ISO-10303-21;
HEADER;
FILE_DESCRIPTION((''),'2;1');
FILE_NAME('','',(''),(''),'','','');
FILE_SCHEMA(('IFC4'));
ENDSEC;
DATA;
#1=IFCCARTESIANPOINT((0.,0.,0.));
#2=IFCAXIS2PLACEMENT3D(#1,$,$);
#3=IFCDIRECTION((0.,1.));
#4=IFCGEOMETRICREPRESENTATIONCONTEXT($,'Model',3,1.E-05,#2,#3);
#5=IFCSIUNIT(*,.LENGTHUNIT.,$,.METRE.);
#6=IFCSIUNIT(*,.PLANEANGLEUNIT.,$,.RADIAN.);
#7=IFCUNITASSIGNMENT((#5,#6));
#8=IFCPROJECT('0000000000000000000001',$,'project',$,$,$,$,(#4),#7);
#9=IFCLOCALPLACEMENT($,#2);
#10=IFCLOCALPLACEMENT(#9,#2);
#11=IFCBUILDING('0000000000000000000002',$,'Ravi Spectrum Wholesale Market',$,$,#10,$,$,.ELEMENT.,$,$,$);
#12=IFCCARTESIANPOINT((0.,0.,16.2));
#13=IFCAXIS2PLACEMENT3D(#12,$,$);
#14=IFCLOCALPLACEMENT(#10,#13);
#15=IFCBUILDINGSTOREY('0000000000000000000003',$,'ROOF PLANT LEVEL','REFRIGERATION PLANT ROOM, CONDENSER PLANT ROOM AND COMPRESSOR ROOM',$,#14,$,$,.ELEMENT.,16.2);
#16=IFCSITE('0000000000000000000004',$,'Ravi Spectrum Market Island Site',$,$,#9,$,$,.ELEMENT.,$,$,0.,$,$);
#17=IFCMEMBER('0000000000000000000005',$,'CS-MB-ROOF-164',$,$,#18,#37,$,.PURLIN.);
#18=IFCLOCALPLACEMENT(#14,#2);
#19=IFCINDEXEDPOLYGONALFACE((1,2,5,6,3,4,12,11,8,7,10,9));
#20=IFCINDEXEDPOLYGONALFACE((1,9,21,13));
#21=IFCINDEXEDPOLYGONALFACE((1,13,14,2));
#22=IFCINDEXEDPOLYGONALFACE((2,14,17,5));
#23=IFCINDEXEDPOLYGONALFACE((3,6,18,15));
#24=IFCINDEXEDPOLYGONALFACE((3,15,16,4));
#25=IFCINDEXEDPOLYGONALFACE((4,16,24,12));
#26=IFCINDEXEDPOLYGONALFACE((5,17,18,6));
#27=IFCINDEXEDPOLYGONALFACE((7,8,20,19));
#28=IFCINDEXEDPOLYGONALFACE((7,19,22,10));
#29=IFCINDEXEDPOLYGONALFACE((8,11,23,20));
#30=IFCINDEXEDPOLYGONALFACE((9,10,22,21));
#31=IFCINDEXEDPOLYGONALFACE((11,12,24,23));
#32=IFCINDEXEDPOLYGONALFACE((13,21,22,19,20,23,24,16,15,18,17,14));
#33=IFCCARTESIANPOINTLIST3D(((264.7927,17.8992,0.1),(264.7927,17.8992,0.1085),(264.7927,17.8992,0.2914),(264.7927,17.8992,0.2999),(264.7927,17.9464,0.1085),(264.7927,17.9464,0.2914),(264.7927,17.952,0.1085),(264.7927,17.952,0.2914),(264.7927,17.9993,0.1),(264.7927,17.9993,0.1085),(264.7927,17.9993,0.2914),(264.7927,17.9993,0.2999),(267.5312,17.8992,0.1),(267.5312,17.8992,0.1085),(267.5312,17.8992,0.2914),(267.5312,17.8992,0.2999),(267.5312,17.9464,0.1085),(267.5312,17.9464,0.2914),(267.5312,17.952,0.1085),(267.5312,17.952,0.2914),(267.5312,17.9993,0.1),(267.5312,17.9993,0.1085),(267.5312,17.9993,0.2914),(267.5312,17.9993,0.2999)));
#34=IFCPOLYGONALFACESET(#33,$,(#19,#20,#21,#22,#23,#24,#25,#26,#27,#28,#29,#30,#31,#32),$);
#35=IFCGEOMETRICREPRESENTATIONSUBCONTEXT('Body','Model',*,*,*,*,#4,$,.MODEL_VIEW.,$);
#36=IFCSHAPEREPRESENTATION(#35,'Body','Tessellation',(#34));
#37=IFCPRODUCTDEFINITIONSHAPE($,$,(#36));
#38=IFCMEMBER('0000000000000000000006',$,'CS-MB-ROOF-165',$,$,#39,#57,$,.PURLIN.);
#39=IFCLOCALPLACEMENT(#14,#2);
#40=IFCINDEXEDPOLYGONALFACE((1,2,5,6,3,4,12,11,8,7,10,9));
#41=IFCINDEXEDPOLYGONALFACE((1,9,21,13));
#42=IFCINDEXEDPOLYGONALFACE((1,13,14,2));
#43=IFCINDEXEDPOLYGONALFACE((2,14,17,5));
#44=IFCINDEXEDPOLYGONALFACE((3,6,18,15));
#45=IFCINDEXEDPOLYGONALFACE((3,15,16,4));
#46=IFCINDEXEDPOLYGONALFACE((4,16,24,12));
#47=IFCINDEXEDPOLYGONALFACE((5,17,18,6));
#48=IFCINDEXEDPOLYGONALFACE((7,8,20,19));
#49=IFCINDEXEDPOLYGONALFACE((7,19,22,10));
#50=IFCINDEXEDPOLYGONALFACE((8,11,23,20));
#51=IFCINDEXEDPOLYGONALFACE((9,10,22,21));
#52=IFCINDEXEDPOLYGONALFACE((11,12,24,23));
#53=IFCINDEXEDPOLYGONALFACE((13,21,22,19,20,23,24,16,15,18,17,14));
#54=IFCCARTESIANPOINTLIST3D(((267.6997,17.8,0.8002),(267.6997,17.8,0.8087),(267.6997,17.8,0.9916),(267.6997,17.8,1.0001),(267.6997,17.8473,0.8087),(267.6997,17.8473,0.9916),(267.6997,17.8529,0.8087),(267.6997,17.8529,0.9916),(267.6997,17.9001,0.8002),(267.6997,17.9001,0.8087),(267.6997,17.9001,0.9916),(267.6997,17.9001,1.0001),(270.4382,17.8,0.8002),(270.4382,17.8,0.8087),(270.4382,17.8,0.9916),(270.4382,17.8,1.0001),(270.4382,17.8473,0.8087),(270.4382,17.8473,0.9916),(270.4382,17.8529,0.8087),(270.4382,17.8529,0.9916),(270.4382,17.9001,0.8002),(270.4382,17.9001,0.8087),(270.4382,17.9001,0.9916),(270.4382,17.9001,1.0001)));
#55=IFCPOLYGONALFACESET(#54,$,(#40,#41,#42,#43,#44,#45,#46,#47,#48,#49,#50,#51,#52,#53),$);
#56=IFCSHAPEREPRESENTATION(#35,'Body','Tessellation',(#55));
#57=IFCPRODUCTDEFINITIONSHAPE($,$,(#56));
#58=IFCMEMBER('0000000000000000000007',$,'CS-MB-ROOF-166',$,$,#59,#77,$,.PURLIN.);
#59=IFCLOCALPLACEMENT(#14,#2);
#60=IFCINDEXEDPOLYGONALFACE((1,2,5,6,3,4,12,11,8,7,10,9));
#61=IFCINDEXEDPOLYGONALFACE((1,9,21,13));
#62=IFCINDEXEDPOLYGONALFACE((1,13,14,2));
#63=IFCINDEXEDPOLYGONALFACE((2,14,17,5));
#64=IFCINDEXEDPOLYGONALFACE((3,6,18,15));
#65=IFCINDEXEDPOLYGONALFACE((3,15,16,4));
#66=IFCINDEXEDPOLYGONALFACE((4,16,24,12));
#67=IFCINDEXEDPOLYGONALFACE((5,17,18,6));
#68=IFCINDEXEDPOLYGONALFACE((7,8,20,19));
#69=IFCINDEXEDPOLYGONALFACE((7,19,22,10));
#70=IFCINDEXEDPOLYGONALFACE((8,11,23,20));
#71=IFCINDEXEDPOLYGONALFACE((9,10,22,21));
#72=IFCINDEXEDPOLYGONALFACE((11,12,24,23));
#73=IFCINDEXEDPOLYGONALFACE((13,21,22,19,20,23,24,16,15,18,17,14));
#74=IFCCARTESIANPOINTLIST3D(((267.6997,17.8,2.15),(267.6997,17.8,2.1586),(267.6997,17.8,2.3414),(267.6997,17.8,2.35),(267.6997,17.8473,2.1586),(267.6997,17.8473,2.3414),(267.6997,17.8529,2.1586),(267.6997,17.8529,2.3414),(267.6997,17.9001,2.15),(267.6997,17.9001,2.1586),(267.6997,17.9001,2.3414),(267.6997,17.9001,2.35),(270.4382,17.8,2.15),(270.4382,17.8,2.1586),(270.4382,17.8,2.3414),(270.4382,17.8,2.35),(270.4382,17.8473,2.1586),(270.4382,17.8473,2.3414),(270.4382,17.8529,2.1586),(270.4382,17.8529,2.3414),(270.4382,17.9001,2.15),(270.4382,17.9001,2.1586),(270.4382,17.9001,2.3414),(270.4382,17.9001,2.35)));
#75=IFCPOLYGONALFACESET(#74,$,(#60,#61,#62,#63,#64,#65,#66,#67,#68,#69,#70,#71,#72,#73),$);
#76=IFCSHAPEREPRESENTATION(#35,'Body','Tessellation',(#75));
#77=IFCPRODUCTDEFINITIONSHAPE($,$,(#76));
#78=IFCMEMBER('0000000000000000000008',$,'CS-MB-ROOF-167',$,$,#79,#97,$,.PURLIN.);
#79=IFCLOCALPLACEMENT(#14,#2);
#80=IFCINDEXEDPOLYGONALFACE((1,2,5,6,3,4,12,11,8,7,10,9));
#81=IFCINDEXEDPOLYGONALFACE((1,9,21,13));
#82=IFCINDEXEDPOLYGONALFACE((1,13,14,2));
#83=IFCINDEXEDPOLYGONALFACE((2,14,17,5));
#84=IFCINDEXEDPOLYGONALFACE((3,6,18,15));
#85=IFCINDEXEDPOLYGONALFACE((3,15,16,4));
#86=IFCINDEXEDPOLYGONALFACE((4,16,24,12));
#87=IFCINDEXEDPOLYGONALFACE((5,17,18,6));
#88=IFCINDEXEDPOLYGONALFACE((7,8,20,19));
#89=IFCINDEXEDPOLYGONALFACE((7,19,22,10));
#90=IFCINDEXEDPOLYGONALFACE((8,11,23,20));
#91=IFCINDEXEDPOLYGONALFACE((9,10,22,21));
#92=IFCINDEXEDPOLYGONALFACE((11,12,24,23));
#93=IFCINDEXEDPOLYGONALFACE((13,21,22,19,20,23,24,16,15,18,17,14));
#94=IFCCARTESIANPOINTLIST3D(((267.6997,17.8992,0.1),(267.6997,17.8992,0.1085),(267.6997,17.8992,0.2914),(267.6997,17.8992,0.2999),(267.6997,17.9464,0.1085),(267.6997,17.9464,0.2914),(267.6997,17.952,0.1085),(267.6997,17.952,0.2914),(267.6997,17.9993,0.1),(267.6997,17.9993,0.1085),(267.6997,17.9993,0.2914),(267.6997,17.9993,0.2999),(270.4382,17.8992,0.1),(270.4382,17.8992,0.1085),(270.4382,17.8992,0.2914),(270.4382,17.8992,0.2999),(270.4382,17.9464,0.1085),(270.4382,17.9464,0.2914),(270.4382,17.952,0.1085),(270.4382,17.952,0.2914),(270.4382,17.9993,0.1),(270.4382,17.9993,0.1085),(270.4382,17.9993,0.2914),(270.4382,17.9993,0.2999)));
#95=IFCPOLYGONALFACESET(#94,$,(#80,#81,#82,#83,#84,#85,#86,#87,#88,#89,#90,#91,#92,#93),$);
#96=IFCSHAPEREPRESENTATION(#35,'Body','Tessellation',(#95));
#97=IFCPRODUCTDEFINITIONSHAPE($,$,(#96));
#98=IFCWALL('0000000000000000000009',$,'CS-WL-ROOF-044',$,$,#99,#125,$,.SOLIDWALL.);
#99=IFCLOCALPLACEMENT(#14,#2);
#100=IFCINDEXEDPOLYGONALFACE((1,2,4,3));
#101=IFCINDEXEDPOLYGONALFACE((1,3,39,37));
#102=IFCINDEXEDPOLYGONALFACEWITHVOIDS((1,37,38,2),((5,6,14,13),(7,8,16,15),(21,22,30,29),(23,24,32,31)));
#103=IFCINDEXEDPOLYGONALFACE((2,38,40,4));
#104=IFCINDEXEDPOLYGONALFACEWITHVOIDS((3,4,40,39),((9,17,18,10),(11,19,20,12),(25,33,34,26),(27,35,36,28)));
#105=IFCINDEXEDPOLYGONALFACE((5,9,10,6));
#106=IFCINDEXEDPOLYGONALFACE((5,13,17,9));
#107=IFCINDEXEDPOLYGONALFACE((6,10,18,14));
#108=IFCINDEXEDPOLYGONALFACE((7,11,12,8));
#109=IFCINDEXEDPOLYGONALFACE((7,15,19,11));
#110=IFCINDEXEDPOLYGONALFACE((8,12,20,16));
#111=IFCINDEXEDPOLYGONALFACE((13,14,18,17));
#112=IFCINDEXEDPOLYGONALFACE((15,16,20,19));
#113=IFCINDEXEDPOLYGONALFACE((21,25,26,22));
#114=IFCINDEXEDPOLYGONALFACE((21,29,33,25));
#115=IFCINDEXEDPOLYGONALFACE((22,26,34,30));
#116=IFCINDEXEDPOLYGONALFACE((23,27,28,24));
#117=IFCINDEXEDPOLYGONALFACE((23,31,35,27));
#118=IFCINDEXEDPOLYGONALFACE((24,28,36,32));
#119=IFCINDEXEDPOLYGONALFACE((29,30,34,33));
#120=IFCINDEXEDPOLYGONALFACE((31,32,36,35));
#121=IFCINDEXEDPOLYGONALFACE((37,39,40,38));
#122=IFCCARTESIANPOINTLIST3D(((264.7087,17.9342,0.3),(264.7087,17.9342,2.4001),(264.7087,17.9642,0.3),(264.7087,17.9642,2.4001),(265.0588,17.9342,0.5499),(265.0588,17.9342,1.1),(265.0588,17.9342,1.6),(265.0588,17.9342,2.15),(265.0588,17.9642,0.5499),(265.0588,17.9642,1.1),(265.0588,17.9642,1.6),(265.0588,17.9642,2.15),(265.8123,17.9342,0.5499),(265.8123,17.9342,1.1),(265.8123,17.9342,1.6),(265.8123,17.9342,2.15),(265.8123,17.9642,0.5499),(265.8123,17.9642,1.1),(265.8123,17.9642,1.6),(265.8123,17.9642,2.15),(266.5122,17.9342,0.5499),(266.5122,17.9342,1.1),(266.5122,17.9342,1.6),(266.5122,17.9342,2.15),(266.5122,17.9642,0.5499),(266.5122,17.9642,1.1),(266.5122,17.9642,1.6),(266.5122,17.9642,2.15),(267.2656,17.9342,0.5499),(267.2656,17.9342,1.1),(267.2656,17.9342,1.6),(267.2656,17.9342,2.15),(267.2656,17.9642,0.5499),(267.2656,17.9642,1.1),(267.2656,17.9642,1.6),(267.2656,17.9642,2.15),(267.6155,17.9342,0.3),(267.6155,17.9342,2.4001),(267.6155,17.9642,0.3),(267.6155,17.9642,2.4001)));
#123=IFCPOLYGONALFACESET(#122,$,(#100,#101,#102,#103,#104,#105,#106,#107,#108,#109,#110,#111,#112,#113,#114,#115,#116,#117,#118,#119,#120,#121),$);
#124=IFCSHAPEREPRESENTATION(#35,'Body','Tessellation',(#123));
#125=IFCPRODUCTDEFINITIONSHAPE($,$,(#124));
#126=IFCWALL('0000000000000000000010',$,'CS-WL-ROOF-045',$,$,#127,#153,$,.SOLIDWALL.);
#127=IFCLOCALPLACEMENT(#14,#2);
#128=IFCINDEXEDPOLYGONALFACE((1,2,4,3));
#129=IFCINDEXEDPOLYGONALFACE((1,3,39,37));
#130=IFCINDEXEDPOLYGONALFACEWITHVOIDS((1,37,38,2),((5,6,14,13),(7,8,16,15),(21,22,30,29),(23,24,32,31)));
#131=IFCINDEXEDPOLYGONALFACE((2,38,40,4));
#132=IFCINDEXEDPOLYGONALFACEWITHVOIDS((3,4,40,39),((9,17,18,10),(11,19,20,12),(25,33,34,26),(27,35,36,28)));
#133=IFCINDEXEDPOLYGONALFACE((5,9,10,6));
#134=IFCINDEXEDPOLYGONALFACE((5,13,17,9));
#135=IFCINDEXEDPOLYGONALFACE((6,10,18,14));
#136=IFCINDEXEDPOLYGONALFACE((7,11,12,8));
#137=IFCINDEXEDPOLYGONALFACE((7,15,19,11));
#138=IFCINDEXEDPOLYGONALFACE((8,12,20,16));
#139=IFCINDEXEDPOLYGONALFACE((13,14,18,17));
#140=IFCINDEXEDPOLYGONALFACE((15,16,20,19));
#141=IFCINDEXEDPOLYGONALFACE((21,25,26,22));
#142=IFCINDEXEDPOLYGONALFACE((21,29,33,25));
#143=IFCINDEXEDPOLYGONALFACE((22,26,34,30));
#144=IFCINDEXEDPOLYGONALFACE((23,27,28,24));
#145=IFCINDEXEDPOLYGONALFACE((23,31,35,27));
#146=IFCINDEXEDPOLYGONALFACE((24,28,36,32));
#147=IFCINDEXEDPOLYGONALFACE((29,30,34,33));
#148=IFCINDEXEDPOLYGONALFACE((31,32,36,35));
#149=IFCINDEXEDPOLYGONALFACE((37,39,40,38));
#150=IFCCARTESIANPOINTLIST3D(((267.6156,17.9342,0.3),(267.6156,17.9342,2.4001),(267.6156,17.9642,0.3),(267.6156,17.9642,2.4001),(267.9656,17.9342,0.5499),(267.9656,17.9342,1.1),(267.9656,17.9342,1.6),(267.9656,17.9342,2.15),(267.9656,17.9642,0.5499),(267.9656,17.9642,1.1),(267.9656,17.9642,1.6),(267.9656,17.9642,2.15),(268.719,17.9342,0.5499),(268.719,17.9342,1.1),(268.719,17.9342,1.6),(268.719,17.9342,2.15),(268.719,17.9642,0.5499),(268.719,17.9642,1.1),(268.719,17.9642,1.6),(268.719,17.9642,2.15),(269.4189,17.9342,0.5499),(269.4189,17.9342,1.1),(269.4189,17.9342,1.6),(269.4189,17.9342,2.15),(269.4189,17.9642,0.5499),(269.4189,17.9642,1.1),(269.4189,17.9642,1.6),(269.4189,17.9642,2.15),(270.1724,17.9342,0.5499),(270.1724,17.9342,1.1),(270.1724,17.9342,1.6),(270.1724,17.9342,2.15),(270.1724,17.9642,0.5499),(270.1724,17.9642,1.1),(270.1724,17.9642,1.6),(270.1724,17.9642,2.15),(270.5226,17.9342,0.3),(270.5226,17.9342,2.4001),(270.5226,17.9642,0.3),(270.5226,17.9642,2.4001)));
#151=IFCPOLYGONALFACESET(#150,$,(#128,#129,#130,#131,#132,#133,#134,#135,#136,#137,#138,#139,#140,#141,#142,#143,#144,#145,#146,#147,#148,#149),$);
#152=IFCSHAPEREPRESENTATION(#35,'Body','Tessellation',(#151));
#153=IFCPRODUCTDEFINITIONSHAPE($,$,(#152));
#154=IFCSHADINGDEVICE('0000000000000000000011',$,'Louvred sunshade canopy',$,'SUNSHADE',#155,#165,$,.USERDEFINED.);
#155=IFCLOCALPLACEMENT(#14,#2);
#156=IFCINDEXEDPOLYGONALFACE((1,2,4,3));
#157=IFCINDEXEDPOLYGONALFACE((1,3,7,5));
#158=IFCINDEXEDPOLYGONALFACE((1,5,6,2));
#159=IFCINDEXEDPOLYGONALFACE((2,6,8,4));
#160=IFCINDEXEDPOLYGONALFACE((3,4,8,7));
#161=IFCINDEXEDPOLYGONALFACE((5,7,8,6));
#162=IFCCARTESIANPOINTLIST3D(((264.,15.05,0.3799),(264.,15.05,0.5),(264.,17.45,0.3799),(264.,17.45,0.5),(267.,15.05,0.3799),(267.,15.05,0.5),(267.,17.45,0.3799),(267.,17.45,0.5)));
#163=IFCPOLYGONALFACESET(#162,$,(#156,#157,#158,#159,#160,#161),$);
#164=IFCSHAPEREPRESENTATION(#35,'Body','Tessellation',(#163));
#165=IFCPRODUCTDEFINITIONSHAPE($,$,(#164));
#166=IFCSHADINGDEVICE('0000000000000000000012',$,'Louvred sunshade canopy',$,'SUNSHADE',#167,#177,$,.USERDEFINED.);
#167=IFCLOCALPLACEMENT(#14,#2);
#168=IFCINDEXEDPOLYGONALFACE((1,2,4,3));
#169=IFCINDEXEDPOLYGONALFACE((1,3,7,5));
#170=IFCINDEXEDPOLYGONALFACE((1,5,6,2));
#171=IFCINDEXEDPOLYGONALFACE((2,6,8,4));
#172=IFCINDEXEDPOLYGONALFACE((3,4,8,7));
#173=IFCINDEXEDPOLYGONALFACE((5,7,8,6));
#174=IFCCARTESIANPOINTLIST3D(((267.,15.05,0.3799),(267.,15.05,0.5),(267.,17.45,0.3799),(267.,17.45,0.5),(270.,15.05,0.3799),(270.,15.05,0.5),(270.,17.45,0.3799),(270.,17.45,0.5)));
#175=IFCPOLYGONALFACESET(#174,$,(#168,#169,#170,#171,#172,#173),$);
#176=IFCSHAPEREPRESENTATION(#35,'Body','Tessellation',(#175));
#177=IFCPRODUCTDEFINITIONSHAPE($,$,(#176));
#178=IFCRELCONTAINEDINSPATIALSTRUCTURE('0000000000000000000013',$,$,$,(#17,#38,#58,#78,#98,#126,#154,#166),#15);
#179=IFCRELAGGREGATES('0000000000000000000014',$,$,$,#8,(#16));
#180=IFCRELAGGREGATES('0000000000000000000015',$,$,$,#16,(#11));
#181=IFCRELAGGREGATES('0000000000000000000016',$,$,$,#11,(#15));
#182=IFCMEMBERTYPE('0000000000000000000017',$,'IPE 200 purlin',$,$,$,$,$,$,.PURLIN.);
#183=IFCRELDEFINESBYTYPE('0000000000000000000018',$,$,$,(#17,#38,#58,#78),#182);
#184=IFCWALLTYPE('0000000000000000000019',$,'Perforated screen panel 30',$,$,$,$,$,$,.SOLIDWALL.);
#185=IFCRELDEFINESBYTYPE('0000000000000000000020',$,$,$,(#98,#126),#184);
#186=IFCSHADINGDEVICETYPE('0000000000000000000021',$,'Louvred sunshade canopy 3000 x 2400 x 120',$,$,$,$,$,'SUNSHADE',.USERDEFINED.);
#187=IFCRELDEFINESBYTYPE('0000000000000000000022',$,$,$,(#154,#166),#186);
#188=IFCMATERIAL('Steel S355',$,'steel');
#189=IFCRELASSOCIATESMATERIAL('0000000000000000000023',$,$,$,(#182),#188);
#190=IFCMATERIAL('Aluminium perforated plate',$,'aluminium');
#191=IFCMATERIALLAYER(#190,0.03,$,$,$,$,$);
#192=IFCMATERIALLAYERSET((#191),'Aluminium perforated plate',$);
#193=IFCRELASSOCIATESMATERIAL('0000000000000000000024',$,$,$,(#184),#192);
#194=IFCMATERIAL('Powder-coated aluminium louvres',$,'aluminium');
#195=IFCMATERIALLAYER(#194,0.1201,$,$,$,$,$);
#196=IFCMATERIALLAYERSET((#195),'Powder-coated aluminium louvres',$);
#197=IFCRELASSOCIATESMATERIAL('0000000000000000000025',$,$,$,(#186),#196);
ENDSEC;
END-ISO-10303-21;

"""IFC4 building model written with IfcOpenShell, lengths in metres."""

from ifc_helpers import new_model, si_unit, direction, frame, frame_2d, origin, origin_2d, place, context, subcontext, project, spatial, rectangle, i_section, extrude, material, layer, layer_set, material_profile, profile_set, type_object, element, save


model = new_model("IFC4")

# Units and contexts
model_context = context("Model", 3, precision=1e-05, world=origin(), true_north=direction((0.0, 1.0)))
body_context = subcontext(model_context, "Body", "Model", "MODEL_VIEW")
ifc_project = project(units=[si_unit("LENGTHUNIT", "METRE"), si_unit("PLANEANGLEUNIT", "RADIAN")], contexts=[model_context])

# Site, building, storey
site_placement = place(None, origin())
site = spatial("IfcSite", under=ifc_project, at=site_placement, Name="Ravi Spectrum Market Island Site", CompositionType="ELEMENT", RefElevation=0.0)
building_placement = place(site_placement, origin())
building = spatial("IfcBuilding", under=site, at=building_placement, Name="Ravi Spectrum Wholesale Market", CompositionType="ELEMENT")
storey_placement = place(building_placement, frame((0.0, 0.0, 16.2)))
storey = spatial("IfcBuildingStorey", under=building, at=storey_placement, Name="ROOF PLANT LEVEL", Description="REFRIGERATION PLANT ROOM, CONDENSER PLANT ROOM AND COMPRESSOR ROOM", CompositionType="ELEMENT", Elevation=16.2)

# Members
ifc_material_1 = material(Name="Steel S355", Category="steel")
ifc_material_profile_1 = material_profile(ifc_material_1, i_section(OverallWidth=0.1001, OverallDepth=0.2, WebThickness=0.0056, FlangeThickness=0.0085, at=origin_2d()))
ifc_profile_set_1 = profile_set([ifc_material_profile_1], Name="Steel S355")
member_type_1 = type_object("IfcMemberType", Name="IPE 200 purlin", PredefinedType="PURLIN", material=ifc_profile_set_1)
for number, where, z_axis, x_axis, name in (
    (1, (264.7927, 17.9492, 0.2), (1.0, 0.0, 0.0), (0.0, 1.0, 0.0), "CS-MB-ROOF-164"),
    (2, (267.6997, 17.8501, 0.9001), (1.0, 0.0, 0.0), (0.0, 1.0, 0.0), "CS-MB-ROOF-165"),
    (3, (267.6997, 17.8501, 2.25), (1.0, 0.0, 0.0), (0.0, 1.0, 0.0), "CS-MB-ROOF-166"),
    (4, (267.6997, 17.9492, 0.2), (1.0, 0.0, 0.0), (0.0, 1.0, 0.0), "CS-MB-ROOF-167"),
):
    element("IfcMember", number, at=place(storey_placement, frame(where, z_axis=z_axis, x_axis=x_axis)), inside=storey, type_object=member_type_1, Name=name, PredefinedType="PURLIN", context=body_context, shape_type="SweptSolid", body=[
        extrude(i_section(OverallWidth=0.1001, OverallDepth=0.2, WebThickness=0.0056, FlangeThickness=0.0085, at=origin_2d()), origin(), (0.0, 0.0, 1.0), 2.7385),
    ])

# Walls, openings
ifc_material_2 = material(Name="Aluminium perforated plate", Category="aluminium")
ifc_layer_1 = layer(ifc_material_2, 0.03)
ifc_layer_set_1 = layer_set([ifc_layer_1], Name="Aluminium perforated plate")
wall_type = type_object("IfcWallType", Name="Perforated screen panel 30", PredefinedType="SOLIDWALL", material=ifc_layer_set_1)
wall_1_placement = place(storey_placement, frame((264.7087, 17.9492, 0.3), z_axis=(0.0, 0.0, 1.0), x_axis=(1.0, 0.0, 0.0)))
wall_1 = element("IfcWall", 5, at=wall_1_placement, inside=storey, type_object=wall_type, Name="CS-WL-ROOF-044", PredefinedType="SOLIDWALL", context=body_context, shape_type="SweptSolid", body=[
    extrude(rectangle(XDim=2.9067, YDim=0.03, at=frame_2d((1.4534, 0.0))), origin(), (0.0, 0.0, 1.0), 2.1001),
])
opening_1_placement = place(wall_1_placement, frame((0.3501, 0.0, 0.25)))
element("IfcOpeningElement", 6, at=opening_1_placement, cuts=wall_1, PredefinedType="OPENING", context=body_context, shape_type="SweptSolid", body=[
    extrude(rectangle(XDim=0.7534, YDim=0.55, at=frame_2d((0.3767, 0.2749))), frame((0.0, 0.0249, 0.0), z_axis=(0.0, -1.0, 0.0), x_axis=(1.0, 0.0, 0.0)), (0.0, 0.0, 1.0), 0.05),
])
opening_2_placement = place(wall_1_placement, frame((0.3501, 0.0, 1.3)))
element("IfcOpeningElement", 7, at=opening_2_placement, cuts=wall_1, PredefinedType="OPENING", context=body_context, shape_type="SweptSolid", body=[
    extrude(rectangle(XDim=0.7534, YDim=0.55, at=frame_2d((0.3767, 0.2749))), frame((0.0, 0.0249, 0.0), z_axis=(0.0, -1.0, 0.0), x_axis=(1.0, 0.0, 0.0)), (0.0, 0.0, 1.0), 0.05),
])
opening_3_placement = place(wall_1_placement, frame((1.8035, 0.0, 0.25)))
element("IfcOpeningElement", 8, at=opening_3_placement, cuts=wall_1, PredefinedType="OPENING", context=body_context, shape_type="SweptSolid", body=[
    extrude(rectangle(XDim=0.7534, YDim=0.55, at=frame_2d((0.3767, 0.2749))), frame((0.0, 0.0249, 0.0), z_axis=(0.0, -1.0, 0.0), x_axis=(1.0, 0.0, 0.0)), (0.0, 0.0, 1.0), 0.05),
])
opening_4_placement = place(wall_1_placement, frame((1.8035, 0.0, 1.3)))
element("IfcOpeningElement", 9, at=opening_4_placement, cuts=wall_1, PredefinedType="OPENING", context=body_context, shape_type="SweptSolid", body=[
    extrude(rectangle(XDim=0.7534, YDim=0.55, at=frame_2d((0.3767, 0.2749))), frame((0.0, 0.0249, 0.0), z_axis=(0.0, -1.0, 0.0), x_axis=(1.0, 0.0, 0.0)), (0.0, 0.0, 1.0), 0.05),
])
wall_2_placement = place(storey_placement, frame((267.6155, 17.9492, 0.3), z_axis=(0.0, 0.0, 1.0), x_axis=(1.0, 0.0, 0.0)))
wall_2 = element("IfcWall", 10, at=wall_2_placement, inside=storey, type_object=wall_type, Name="CS-WL-ROOF-045", PredefinedType="SOLIDWALL", context=body_context, shape_type="SweptSolid", body=[
    extrude(rectangle(XDim=2.907, YDim=0.03, at=frame_2d((1.4536, 0.0))), origin(), (0.0, 0.0, 1.0), 2.1001),
])
opening_5_placement = place(wall_2_placement, frame((0.3501, 0.0, 0.25)))
element("IfcOpeningElement", 11, at=opening_5_placement, cuts=wall_2, PredefinedType="OPENING", context=body_context, shape_type="SweptSolid", body=[
    extrude(rectangle(XDim=0.7534, YDim=0.55, at=frame_2d((0.3767, 0.2749))), frame((0.0, 0.0249, 0.0), z_axis=(0.0, -1.0, 0.0), x_axis=(1.0, 0.0, 0.0)), (0.0, 0.0, 1.0), 0.05),
])
opening_6_placement = place(wall_2_placement, frame((0.3501, 0.0, 1.3)))
element("IfcOpeningElement", 12, at=opening_6_placement, cuts=wall_2, PredefinedType="OPENING", context=body_context, shape_type="SweptSolid", body=[
    extrude(rectangle(XDim=0.7534, YDim=0.55, at=frame_2d((0.3767, 0.2749))), frame((0.0, 0.0249, 0.0), z_axis=(0.0, -1.0, 0.0), x_axis=(1.0, 0.0, 0.0)), (0.0, 0.0, 1.0), 0.05),
])
opening_7_placement = place(wall_2_placement, frame((1.8035, 0.0, 0.25)))
element("IfcOpeningElement", 13, at=opening_7_placement, cuts=wall_2, PredefinedType="OPENING", context=body_context, shape_type="SweptSolid", body=[
    extrude(rectangle(XDim=0.7534, YDim=0.55, at=frame_2d((0.3767, 0.2749))), frame((0.0, 0.0249, 0.0), z_axis=(0.0, -1.0, 0.0), x_axis=(1.0, 0.0, 0.0)), (0.0, 0.0, 1.0), 0.05),
])
opening_8_placement = place(wall_2_placement, frame((1.8035, 0.0, 1.3)))
element("IfcOpeningElement", 14, at=opening_8_placement, cuts=wall_2, PredefinedType="OPENING", context=body_context, shape_type="SweptSolid", body=[
    extrude(rectangle(XDim=0.7534, YDim=0.55, at=frame_2d((0.3767, 0.2749))), frame((0.0, 0.0249, 0.0), z_axis=(0.0, -1.0, 0.0), x_axis=(1.0, 0.0, 0.0)), (0.0, 0.0, 1.0), 0.05),
])

# Shading devices
ifc_material_3 = material(Name="Powder-coated aluminium louvres", Category="aluminium")
ifc_layer_2 = layer(ifc_material_3, 0.1201)
ifc_layer_set_2 = layer_set([ifc_layer_2], Name="Powder-coated aluminium louvres")
shading_device_type = type_object("IfcShadingDeviceType", Name="Louvred sunshade canopy 3000 x 2400 x 120", ElementType="SUNSHADE", PredefinedType="USERDEFINED", material=ifc_layer_set_2)
for number, where, z_axis, x_axis, name in (
    (15, (265.5, 16.25, 0.3799), (0.0, 0.0, 1.0), (1.0, 0.0, 0.0), "Louvred sunshade canopy"),
    (16, (268.5, 16.25, 0.3799), (0.0, 0.0, 1.0), (1.0, 0.0, 0.0), "Louvred sunshade canopy"),
):
    element("IfcShadingDevice", number, at=place(storey_placement, frame(where, z_axis=z_axis, x_axis=x_axis)), inside=storey, type_object=shading_device_type, Name=name, ObjectType="SUNSHADE", PredefinedType="USERDEFINED", context=body_context, shape_type="SweptSolid", body=[
        extrude(rectangle(XDim=3.0, YDim=2.3999, at=origin_2d()), origin(), (0.0, 0.0, 1.0), 0.1201),
    ])

save(model, "model.ifc")
